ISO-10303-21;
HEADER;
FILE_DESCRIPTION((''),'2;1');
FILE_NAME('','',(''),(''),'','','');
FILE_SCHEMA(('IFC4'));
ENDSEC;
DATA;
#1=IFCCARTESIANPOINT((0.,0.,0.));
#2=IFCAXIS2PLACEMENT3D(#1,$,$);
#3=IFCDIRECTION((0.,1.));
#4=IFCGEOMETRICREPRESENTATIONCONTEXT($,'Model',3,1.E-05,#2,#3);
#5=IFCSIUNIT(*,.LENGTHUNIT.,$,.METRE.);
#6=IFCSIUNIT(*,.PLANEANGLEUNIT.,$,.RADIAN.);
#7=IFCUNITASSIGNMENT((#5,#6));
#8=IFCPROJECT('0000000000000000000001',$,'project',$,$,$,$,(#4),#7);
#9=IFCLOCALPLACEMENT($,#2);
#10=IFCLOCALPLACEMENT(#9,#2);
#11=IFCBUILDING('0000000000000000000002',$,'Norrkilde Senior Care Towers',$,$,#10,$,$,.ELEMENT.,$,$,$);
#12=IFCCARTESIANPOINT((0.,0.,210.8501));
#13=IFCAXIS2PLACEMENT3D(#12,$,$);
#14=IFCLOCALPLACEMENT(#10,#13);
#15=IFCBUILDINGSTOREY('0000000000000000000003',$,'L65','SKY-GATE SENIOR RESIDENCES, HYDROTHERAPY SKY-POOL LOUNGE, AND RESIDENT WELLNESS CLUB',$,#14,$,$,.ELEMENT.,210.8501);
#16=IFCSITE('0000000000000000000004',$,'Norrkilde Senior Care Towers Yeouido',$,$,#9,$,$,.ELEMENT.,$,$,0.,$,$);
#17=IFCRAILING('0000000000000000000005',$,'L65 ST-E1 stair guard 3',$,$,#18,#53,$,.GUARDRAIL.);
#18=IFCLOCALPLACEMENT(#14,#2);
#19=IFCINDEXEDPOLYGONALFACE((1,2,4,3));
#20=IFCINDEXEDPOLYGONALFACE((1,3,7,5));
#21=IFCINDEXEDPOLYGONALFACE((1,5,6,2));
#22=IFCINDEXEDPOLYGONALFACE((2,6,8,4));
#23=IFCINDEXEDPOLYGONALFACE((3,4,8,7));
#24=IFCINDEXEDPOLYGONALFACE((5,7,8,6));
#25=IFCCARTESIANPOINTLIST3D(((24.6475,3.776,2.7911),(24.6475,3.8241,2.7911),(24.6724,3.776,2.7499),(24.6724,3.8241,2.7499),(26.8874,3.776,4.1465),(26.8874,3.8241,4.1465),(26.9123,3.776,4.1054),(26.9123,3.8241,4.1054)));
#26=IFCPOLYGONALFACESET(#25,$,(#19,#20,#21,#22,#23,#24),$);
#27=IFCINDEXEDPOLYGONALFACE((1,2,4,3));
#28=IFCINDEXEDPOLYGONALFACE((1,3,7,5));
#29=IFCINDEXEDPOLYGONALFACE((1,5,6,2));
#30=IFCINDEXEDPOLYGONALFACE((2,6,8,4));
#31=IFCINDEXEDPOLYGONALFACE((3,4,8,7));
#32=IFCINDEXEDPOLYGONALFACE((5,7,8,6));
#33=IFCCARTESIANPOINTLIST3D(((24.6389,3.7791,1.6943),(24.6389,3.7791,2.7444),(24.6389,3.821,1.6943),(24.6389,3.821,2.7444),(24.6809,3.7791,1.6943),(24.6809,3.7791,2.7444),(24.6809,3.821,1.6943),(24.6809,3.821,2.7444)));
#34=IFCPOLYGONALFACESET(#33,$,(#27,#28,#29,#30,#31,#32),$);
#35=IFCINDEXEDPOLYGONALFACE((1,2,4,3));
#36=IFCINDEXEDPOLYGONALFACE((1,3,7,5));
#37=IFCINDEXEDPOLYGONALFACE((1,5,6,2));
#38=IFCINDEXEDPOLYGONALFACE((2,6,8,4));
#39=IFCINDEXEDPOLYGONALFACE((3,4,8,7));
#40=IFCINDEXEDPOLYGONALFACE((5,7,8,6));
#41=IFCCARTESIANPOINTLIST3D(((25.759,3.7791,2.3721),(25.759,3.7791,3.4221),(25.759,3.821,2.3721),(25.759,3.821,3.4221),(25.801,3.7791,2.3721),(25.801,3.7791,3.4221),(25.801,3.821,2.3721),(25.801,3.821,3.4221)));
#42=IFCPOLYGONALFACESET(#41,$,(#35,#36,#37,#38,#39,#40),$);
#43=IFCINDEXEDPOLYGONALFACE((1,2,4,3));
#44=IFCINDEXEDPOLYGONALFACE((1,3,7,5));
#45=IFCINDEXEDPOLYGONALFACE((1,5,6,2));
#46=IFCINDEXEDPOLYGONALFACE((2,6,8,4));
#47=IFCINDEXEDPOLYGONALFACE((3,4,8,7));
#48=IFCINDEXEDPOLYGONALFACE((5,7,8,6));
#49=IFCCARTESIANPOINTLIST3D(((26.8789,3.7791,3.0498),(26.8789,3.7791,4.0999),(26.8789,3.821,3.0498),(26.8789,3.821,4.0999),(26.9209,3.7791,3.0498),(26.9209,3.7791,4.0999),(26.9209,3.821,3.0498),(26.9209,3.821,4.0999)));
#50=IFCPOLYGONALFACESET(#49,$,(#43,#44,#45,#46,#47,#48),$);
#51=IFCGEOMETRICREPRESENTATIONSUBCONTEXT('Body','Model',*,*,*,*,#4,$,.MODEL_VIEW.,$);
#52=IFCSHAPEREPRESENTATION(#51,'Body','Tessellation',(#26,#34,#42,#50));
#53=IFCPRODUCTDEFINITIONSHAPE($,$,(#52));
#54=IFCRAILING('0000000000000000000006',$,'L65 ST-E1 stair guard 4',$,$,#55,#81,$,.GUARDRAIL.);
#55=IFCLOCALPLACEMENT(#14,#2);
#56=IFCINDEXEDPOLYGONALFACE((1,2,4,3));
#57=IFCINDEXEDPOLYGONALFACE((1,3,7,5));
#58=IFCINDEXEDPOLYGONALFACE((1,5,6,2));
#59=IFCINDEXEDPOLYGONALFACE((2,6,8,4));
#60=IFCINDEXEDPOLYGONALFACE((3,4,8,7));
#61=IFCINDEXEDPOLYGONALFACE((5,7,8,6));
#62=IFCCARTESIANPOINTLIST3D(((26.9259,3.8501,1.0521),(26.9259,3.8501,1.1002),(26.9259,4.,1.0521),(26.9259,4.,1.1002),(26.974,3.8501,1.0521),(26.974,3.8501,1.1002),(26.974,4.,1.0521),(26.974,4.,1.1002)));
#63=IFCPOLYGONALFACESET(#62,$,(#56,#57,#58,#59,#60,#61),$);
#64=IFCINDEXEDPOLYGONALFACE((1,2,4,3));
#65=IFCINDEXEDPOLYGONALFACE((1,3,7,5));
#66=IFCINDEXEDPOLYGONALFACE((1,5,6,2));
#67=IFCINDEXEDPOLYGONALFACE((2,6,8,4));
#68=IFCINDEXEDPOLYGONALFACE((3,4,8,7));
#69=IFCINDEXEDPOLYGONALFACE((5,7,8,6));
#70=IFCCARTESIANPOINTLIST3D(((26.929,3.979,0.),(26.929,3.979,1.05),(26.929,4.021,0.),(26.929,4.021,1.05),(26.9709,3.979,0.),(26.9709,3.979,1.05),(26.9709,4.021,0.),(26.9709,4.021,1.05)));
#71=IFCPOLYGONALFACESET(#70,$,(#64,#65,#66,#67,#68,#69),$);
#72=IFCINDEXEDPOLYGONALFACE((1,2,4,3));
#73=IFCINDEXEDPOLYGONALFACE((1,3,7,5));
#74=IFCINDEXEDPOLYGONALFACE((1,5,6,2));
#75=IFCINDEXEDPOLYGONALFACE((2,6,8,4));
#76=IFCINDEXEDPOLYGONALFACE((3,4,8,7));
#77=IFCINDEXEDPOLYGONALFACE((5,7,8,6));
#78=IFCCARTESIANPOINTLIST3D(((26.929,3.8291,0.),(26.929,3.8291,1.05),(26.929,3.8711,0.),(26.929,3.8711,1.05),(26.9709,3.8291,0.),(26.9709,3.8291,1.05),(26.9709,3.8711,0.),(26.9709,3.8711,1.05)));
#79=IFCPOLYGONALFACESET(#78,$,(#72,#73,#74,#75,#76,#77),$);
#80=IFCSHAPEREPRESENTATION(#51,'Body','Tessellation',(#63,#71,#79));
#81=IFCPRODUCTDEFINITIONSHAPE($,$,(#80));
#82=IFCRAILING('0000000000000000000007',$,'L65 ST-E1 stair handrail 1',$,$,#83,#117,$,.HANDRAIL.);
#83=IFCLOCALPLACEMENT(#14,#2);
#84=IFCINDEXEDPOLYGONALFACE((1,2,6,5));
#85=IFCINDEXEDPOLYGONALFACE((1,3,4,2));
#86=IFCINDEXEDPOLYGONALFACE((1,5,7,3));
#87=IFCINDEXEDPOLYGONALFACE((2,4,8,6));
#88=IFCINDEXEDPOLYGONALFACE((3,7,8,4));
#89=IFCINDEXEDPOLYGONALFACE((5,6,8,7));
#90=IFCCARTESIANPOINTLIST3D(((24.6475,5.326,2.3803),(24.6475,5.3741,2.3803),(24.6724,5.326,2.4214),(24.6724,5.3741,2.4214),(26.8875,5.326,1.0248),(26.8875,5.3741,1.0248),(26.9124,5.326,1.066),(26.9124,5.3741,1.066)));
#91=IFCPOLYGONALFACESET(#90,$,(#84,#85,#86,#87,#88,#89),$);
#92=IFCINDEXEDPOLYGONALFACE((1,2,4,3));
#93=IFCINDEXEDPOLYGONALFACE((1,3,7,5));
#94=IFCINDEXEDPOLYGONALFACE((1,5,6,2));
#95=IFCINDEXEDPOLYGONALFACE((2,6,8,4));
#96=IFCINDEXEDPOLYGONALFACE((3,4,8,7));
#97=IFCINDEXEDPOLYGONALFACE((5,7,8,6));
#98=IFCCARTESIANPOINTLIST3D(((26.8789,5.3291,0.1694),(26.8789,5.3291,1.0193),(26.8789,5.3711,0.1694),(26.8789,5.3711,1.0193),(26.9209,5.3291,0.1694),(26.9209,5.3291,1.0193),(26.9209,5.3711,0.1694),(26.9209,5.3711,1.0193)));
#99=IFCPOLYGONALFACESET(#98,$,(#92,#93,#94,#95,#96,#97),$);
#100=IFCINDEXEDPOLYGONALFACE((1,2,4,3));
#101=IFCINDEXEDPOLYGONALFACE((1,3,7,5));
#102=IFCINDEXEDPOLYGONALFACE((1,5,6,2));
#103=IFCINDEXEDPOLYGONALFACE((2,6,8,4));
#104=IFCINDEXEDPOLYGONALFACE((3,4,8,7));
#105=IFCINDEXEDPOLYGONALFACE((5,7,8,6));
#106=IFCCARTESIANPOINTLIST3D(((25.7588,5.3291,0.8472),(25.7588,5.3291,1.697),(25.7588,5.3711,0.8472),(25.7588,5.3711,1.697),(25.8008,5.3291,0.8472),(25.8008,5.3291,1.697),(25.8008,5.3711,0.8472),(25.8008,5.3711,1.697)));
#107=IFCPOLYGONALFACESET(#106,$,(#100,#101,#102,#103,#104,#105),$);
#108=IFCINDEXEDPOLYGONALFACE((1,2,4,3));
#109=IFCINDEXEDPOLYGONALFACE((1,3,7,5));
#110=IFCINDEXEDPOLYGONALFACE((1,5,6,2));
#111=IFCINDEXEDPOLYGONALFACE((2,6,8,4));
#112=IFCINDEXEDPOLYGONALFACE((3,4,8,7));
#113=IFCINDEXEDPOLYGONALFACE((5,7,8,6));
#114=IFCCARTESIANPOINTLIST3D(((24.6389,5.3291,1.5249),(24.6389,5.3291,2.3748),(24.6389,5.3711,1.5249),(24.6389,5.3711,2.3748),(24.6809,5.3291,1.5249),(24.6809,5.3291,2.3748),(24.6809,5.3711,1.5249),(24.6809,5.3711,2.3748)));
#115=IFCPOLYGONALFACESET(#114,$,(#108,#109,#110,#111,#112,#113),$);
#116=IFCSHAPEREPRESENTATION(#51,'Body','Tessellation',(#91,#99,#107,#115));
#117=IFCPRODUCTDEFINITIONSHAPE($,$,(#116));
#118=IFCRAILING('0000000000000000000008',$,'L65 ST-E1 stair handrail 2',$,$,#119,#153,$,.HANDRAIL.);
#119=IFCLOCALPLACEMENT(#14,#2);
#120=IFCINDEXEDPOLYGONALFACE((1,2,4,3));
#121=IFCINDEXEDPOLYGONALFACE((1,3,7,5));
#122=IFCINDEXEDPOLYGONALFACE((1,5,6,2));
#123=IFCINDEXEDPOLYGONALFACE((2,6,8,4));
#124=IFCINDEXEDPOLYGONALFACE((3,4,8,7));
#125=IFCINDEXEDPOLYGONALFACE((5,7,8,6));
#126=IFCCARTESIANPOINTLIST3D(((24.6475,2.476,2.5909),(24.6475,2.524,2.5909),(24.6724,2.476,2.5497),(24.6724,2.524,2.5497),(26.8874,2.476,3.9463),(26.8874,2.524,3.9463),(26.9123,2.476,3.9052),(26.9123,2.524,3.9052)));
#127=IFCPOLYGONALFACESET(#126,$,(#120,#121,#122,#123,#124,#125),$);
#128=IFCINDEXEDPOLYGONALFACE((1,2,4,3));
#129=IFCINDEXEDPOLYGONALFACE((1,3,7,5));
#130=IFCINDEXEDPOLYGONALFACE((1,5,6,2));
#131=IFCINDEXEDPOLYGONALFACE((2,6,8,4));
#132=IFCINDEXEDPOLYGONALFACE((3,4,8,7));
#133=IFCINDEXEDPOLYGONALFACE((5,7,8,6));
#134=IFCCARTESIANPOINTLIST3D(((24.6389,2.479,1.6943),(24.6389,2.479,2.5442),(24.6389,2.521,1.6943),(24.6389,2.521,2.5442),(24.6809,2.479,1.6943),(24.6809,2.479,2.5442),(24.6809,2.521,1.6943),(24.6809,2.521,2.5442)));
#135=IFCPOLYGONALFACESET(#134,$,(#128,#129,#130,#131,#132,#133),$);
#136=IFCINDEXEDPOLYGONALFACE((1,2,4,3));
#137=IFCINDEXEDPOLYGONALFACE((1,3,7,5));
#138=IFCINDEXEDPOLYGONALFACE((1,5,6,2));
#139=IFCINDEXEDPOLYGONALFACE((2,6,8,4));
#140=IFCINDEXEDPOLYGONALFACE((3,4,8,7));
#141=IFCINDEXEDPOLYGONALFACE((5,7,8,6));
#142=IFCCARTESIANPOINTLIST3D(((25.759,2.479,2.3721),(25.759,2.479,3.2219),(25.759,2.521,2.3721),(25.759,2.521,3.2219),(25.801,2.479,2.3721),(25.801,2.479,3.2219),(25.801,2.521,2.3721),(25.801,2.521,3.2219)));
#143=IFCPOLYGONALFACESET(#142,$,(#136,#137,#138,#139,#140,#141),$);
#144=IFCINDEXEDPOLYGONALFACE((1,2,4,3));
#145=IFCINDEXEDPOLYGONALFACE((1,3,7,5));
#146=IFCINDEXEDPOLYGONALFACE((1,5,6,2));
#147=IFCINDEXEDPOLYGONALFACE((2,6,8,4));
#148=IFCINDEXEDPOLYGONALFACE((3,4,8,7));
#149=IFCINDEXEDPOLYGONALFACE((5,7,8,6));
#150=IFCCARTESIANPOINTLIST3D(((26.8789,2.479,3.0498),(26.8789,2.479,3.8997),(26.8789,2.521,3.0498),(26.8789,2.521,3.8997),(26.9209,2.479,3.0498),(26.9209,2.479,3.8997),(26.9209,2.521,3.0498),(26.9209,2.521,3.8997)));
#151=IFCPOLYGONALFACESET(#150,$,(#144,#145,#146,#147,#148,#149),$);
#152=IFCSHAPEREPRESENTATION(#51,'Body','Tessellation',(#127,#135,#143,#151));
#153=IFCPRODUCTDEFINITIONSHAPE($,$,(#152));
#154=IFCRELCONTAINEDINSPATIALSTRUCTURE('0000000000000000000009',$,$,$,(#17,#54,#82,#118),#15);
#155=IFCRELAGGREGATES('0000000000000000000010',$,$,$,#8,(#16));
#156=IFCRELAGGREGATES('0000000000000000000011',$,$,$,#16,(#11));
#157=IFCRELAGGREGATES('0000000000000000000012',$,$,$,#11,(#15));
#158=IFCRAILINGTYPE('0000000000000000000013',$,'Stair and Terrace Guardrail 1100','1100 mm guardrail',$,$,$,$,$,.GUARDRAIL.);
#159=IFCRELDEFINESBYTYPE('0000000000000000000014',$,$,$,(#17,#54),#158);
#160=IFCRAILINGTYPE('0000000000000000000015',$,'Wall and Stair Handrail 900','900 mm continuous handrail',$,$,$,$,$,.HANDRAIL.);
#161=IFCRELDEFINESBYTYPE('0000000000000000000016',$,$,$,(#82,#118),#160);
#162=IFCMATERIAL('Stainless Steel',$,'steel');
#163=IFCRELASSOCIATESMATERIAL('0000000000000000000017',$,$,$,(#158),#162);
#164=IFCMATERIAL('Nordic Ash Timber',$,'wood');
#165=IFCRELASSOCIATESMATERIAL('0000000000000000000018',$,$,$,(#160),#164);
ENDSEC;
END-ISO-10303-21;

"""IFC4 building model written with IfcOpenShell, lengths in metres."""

from ifc_helpers import new_model, si_unit, direction, frame, origin, origin_2d, place, context, subcontext, project, spatial, rectangle, extrude, material, type_object, element, save


model = new_model("IFC4")

# Units and contexts
model_context = context("Model", 3, precision=1e-05, world=origin(), true_north=direction((0.0, 1.0)))
body_context = subcontext(model_context, "Body", "Model", "MODEL_VIEW")
ifc_project = project(units=[si_unit("LENGTHUNIT", "METRE"), si_unit("PLANEANGLEUNIT", "RADIAN")], contexts=[model_context])

# Site, building, storey
site_placement = place(None, origin())
site = spatial("IfcSite", under=ifc_project, at=site_placement, Name="Norrkilde Senior Care Towers Yeouido", CompositionType="ELEMENT", RefElevation=0.0)
building_placement = place(site_placement, origin())
building = spatial("IfcBuilding", under=site, at=building_placement, Name="Norrkilde Senior Care Towers", CompositionType="ELEMENT")
storey_placement = place(building_placement, frame((0.0, 0.0, 210.8501)))
storey = spatial("IfcBuildingStorey", under=building, at=storey_placement, Name="L65", Description="SKY-GATE SENIOR RESIDENCES, HYDROTHERAPY SKY-POOL LOUNGE, AND RESIDENT WELLNESS CLUB", CompositionType="ELEMENT", Elevation=210.8501)

# Shared definitions
ifc_material_1 = material(Name="Stainless Steel", Category="steel")

# Shared definitions
ifc_material_2 = material(Name="Nordic Ash Timber", Category="wood")

# Railings
railing_type_1 = type_object("IfcRailingType", Name="Stair and Terrace Guardrail 1100", Description="1100 mm guardrail", PredefinedType="GUARDRAIL", material=ifc_material_1)
railing_1_placement = place(storey_placement, frame((24.6599, 3.8, 1.6943)))
element("IfcRailing", 1, at=railing_1_placement, inside=storey, type_object=railing_type_1, Name="L65 ST-E1 stair guard 3", PredefinedType="GUARDRAIL", context=body_context, shape_type="SweptSolid", body=[
    extrude(rectangle(XDim=0.0481, YDim=0.0481, at=origin_2d()), frame((0.0, 0.0, 1.0762), z_axis=(0.855553, 0.0, 0.517715), x_axis=(0.0, 1.0, 0.0)), (0.0, 0.0, 1.0), 2.6182),
    extrude(rectangle(XDim=0.042, YDim=0.042, at=origin_2d()), origin(), (0.0, 0.0, 1.0), 1.05),
    extrude(rectangle(XDim=0.042, YDim=0.042, at=origin_2d()), frame((1.1201, 0.0, 0.6777)), (0.0, 0.0, 1.0), 1.05),
    extrude(rectangle(XDim=0.042, YDim=0.042, at=origin_2d()), frame((2.24, 0.0, 1.3555)), (0.0, 0.0, 1.0), 1.05),
])
railing_2_placement = place(storey_placement, frame((26.95, 4.0, 0.0)))
element("IfcRailing", 2, at=railing_2_placement, inside=storey, type_object=railing_type_1, Name="L65 ST-E1 stair guard 4", PredefinedType="GUARDRAIL", context=body_context, shape_type="SweptSolid", body=[
    extrude(rectangle(XDim=0.0481, YDim=0.0481, at=origin_2d()), frame((0.0, 0.0, 1.0762), z_axis=(0.0, -1.0, 0.0), x_axis=(1.0, 0.0, 0.0)), (0.0, 0.0, 1.0), 0.1499),
    extrude(rectangle(XDim=0.042, YDim=0.042, at=origin_2d()), origin(), (0.0, 0.0, 1.0), 1.05),
    extrude(rectangle(XDim=0.042, YDim=0.042, at=origin_2d()), frame((0.0, -0.1499, 0.0)), (0.0, 0.0, 1.0), 1.05),
])
railing_type_2 = type_object("IfcRailingType", Name="Wall and Stair Handrail 900", Description="900 mm continuous handrail", PredefinedType="HANDRAIL", material=ifc_material_2)
railing_3_placement = place(storey_placement, frame((26.8999, 5.3501, 0.1694)))
element("IfcRailing", 3, at=railing_3_placement, inside=storey, type_object=railing_type_2, Name="L65 ST-E1 stair handrail 1", PredefinedType="HANDRAIL", context=body_context, shape_type="SweptSolid", body=[
    extrude(rectangle(XDim=0.0481, YDim=0.0481, at=origin_2d()), frame((0.0, 0.0, 0.876), z_axis=(-0.855553, 0.0, 0.517715), x_axis=(0.0, -1.0, 0.0)), (0.0, 0.0, 1.0), 2.6182),
    extrude(rectangle(XDim=0.042, YDim=0.042, at=origin_2d()), origin(), (0.0, 0.0, 1.0), 0.8499),
    extrude(rectangle(XDim=0.042, YDim=0.042, at=origin_2d()), frame((-1.1201, 0.0, 0.6777)), (0.0, 0.0, 1.0), 0.8499),
    extrude(rectangle(XDim=0.042, YDim=0.042, at=origin_2d()), frame((-2.24, 0.0, 1.3555)), (0.0, 0.0, 1.0), 0.8499),
])
railing_4_placement = place(storey_placement, frame((24.6599, 2.5, 1.6943)))
element("IfcRailing", 4, at=railing_4_placement, inside=storey, type_object=railing_type_2, Name="L65 ST-E1 stair handrail 2", PredefinedType="HANDRAIL", context=body_context, shape_type="SweptSolid", body=[
    extrude(rectangle(XDim=0.0481, YDim=0.0481, at=origin_2d()), frame((0.0, 0.0, 0.876), z_axis=(0.855553, 0.0, 0.517715), x_axis=(0.0, 1.0, 0.0)), (0.0, 0.0, 1.0), 2.6182),
    extrude(rectangle(XDim=0.042, YDim=0.042, at=origin_2d()), origin(), (0.0, 0.0, 1.0), 0.8499),
    extrude(rectangle(XDim=0.042, YDim=0.042, at=origin_2d()), frame((1.1201, 0.0, 0.6777)), (0.0, 0.0, 1.0), 0.8499),
    extrude(rectangle(XDim=0.042, YDim=0.042, at=origin_2d()), frame((2.24, 0.0, 1.3555)), (0.0, 0.0, 1.0), 0.8499),
])

save(model, "model.ifc")
